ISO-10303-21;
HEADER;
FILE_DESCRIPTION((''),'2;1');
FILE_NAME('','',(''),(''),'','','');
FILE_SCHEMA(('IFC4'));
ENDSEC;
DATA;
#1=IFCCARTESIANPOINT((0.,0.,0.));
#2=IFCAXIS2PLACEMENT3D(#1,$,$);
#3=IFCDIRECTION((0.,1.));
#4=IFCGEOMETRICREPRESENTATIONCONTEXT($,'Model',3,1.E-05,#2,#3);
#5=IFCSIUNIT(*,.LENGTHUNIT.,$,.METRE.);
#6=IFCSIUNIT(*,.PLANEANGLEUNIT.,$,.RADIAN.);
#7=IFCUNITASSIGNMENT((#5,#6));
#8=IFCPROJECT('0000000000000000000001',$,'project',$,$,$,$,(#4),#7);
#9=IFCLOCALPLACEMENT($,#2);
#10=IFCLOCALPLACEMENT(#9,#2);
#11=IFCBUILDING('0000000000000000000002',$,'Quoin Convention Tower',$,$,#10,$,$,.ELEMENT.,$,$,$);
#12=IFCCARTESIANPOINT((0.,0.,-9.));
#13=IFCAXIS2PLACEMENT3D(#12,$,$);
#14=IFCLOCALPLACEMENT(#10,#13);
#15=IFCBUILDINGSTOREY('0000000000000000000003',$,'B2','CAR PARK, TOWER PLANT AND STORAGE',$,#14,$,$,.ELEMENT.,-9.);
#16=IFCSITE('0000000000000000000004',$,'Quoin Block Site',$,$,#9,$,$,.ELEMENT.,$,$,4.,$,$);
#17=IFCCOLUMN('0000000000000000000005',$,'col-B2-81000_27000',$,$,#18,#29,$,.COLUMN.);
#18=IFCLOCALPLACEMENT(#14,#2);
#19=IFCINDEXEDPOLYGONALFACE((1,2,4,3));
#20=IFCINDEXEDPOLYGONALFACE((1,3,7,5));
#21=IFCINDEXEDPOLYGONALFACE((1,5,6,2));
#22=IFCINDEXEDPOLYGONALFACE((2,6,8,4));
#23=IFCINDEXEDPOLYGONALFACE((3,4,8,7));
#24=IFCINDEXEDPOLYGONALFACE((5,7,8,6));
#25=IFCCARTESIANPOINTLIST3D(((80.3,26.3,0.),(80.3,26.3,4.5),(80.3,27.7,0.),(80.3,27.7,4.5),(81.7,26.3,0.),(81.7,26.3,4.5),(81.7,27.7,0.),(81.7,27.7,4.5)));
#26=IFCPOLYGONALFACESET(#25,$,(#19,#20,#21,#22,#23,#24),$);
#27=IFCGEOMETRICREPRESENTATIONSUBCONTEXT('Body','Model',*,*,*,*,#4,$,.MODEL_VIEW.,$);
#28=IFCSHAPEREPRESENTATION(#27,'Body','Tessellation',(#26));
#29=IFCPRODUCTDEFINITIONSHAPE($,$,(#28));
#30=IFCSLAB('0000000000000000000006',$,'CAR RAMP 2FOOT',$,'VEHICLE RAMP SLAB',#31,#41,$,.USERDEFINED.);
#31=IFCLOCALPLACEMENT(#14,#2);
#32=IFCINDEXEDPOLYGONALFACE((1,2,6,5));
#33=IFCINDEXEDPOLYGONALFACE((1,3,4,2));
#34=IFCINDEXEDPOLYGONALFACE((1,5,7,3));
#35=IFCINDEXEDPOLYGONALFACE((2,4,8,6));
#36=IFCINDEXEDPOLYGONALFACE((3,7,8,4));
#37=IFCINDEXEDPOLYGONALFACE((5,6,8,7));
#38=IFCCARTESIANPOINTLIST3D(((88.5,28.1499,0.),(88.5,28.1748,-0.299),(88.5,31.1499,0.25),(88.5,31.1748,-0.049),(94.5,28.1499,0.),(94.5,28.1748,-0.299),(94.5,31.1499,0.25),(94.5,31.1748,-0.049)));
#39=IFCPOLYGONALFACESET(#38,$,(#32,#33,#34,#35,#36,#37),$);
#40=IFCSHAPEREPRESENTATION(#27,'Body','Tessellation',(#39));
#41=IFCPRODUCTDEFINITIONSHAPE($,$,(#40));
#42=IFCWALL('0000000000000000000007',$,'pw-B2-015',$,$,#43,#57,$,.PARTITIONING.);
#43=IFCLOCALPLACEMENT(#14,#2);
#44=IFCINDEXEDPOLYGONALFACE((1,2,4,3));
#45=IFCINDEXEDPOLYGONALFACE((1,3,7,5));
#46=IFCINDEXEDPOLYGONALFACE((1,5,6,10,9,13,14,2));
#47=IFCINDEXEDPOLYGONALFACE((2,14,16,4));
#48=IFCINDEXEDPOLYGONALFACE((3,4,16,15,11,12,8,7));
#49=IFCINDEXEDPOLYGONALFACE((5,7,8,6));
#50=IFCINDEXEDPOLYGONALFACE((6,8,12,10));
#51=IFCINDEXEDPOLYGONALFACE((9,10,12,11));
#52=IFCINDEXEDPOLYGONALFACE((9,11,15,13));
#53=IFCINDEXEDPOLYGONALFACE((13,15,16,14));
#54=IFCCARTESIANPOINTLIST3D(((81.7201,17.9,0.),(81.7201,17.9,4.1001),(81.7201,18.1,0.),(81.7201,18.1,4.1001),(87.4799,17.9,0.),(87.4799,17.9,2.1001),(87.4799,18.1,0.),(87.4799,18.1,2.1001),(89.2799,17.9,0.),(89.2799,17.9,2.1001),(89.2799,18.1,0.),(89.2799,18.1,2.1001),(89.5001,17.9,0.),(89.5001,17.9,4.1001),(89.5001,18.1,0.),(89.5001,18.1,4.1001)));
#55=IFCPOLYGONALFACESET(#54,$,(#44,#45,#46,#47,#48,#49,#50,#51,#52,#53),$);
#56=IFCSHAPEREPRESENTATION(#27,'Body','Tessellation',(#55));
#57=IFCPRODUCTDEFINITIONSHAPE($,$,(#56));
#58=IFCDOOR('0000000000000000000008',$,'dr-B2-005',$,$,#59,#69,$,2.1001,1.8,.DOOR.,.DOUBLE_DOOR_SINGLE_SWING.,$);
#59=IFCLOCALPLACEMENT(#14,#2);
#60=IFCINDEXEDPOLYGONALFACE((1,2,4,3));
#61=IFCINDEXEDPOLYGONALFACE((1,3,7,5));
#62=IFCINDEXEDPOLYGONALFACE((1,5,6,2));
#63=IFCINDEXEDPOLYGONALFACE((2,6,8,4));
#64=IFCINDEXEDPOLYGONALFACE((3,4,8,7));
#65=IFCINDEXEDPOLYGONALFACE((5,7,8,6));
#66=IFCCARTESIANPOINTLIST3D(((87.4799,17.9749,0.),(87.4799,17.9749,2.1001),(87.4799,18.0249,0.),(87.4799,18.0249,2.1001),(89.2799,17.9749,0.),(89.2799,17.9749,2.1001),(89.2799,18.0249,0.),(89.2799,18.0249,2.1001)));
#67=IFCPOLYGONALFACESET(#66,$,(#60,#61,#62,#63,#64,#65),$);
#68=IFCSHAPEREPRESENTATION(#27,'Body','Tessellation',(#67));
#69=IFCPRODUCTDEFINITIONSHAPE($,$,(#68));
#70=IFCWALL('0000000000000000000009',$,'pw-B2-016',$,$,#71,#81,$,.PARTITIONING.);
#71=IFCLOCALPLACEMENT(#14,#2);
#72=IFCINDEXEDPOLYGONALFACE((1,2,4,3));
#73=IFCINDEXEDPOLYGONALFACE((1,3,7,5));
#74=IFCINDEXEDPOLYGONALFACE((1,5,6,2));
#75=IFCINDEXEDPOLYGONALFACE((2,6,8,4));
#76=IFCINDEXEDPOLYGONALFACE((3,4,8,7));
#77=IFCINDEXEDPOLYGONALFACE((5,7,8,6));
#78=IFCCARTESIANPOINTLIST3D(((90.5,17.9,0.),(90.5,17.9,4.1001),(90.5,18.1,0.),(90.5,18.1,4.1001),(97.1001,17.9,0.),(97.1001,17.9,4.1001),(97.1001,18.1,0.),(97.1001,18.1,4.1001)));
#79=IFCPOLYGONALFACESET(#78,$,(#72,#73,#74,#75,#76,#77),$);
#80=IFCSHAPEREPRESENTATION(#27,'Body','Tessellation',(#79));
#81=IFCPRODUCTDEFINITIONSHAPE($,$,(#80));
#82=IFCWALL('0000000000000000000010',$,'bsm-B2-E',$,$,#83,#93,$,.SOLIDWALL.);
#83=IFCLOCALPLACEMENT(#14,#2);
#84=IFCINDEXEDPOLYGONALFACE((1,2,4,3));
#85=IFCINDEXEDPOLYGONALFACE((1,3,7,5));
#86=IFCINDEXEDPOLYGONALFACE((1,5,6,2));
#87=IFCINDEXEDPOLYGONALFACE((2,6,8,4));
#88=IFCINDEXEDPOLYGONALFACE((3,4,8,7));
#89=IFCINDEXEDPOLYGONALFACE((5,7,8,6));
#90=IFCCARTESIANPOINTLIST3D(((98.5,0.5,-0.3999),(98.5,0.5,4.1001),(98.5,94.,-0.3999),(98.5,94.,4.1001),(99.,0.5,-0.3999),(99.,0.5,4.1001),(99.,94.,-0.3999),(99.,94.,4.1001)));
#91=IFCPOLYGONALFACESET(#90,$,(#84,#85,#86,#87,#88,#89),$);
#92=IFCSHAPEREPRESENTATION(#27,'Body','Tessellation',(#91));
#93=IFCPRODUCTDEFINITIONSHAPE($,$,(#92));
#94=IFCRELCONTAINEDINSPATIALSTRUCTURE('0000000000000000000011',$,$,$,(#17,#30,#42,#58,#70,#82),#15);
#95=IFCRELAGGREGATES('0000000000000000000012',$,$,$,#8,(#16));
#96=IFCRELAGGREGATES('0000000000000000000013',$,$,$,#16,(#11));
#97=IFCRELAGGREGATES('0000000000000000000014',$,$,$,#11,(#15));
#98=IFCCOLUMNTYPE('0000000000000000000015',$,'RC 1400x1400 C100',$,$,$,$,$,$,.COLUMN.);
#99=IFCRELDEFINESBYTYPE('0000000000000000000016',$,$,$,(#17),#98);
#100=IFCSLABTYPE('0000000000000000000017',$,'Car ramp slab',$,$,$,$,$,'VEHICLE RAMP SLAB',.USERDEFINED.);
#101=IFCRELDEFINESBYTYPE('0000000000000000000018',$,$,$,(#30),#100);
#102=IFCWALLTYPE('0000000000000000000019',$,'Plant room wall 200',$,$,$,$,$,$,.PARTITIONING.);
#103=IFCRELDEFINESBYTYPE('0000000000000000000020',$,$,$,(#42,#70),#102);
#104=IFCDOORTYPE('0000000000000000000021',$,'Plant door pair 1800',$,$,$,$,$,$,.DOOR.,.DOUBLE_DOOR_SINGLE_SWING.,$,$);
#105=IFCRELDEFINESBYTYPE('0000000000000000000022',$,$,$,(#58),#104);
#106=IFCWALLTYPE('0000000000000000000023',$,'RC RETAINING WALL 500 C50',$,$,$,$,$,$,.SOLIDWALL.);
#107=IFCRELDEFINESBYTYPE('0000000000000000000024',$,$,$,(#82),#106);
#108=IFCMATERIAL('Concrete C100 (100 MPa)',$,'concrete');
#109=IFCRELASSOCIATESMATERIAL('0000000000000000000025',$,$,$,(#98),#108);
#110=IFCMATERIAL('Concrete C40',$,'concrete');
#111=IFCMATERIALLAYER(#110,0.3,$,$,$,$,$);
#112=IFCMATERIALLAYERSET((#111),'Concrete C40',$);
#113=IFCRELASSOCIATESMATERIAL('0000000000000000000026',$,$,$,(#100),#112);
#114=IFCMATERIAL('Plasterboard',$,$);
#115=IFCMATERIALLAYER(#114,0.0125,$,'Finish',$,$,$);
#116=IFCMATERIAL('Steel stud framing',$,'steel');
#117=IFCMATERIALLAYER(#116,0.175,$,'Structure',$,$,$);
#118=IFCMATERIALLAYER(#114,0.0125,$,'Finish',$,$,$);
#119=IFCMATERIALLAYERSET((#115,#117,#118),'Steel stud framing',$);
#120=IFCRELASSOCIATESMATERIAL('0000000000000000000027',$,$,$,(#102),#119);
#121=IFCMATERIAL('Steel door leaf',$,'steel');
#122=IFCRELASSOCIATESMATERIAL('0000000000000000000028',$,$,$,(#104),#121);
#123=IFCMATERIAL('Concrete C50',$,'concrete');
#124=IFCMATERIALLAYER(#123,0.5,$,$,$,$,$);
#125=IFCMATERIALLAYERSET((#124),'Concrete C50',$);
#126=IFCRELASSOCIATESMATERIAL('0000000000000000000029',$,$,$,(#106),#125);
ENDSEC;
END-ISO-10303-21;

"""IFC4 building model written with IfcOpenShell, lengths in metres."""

from ifc_helpers import new_model, si_unit, direction, frame, frame_2d, origin, origin_2d, place, context, subcontext, project, spatial, polyline, rectangle, outline, extrude, material, layer, layer_set, material_profile, profile_set, type_object, element, fill, save


model = new_model("IFC4")

# Units and contexts
model_context = context("Model", 3, precision=1e-05, world=origin(), true_north=direction((0.0, 1.0)))
body_context = subcontext(model_context, "Body", "Model", "MODEL_VIEW")
ifc_project = project(units=[si_unit("LENGTHUNIT", "METRE"), si_unit("PLANEANGLEUNIT", "RADIAN")], contexts=[model_context])

# Site, building, storey
site_placement = place(None, origin())
site = spatial("IfcSite", under=ifc_project, at=site_placement, Name="Quoin Block Site", CompositionType="ELEMENT", RefElevation=4.0)
building_placement = place(site_placement, origin())
building = spatial("IfcBuilding", under=site, at=building_placement, Name="Quoin Convention Tower", CompositionType="ELEMENT")
storey_placement = place(building_placement, frame((0.0, 0.0, -9.0)))
storey = spatial("IfcBuildingStorey", under=building, at=storey_placement, Name="B2", Description="CAR PARK, TOWER PLANT AND STORAGE", CompositionType="ELEMENT", Elevation=-9.0)

# Shared definitions
ifc_material_1 = material(Name="Concrete C50", Category="concrete")

# Shared definitions
ifc_material_2 = material(Name="Concrete C40", Category="concrete")

# Column
ifc_material_3 = material(Name="Concrete C100 (100 MPa)", Category="concrete")
ifc_material_profile_1 = material_profile(ifc_material_3, rectangle(XDim=1.3999, YDim=1.3999, at=origin_2d()), Name="RC 1400x1400")
ifc_profile_set_1 = profile_set([ifc_material_profile_1], Name="Concrete C100 (100 MPa)")
column_type_1 = type_object("IfcColumnType", Name="RC 1400x1400 C100", PredefinedType="COLUMN", material=ifc_profile_set_1)
column_placement = place(storey_placement, frame((81.0, 27.0, 0.0), z_axis=(0.0, 0.0, 1.0), x_axis=(1.0, 0.0, 0.0)))
element("IfcColumn", 1, at=column_placement, inside=storey, type_object=column_type_1, Name="col-B2-81000_27000", PredefinedType="COLUMN", context=body_context, shape_type="SweptSolid", body=[
    extrude(rectangle(XDim=1.3999, YDim=1.3999, at=origin_2d()), origin(), (0.0, 0.0, 1.0), 4.5),
])

# Slab
ifc_layer_1 = layer(ifc_material_2, 0.3)
ifc_layer_set_1 = layer_set([ifc_layer_1], Name="Concrete C40")
slab_type = type_object("IfcSlabType", Name="Car ramp slab", ElementType="VEHICLE RAMP SLAB", PredefinedType="USERDEFINED", material=ifc_layer_set_1)
slab_placement = place(storey_placement, frame((88.5, 31.1499, 0.25), z_axis=(0.0, -0.083045, 0.996546), x_axis=(1.0, 0.0, 0.0)))
element("IfcSlab", 2, at=slab_placement, inside=storey, type_object=slab_type, Name="CAR RAMP 2FOOT", ObjectType="VEHICLE RAMP SLAB", PredefinedType="USERDEFINED", context=body_context, shape_type="SweptSolid", body=[
    extrude(outline(polyline([(0.0, 0.0), (6.0, 0.0), (6.0, -3.0104), (0.0, -3.0104), (0.0, 0.0)])), origin(), (0.0, 0.0, -1.0), 0.3),
])

# Wall, opening, door
ifc_material_4 = material(Name="Plasterboard")
ifc_layer_2 = layer(ifc_material_4, 0.0125, Name="Finish")
ifc_material_5 = material(Name="Steel stud framing", Category="steel")
ifc_layer_3 = layer(ifc_material_5, 0.175, Name="Structure")
ifc_layer_4 = layer(ifc_material_4, 0.0125, Name="Finish")
ifc_layer_set_2 = layer_set([ifc_layer_2, ifc_layer_3, ifc_layer_4], Name="Steel stud framing")
wall_type_1 = type_object("IfcWallType", Name="Plant room wall 200", PredefinedType="PARTITIONING", material=ifc_layer_set_2)
wall_1_placement = place(storey_placement, frame((81.72, 18.0, 0.0), z_axis=(0.0, 0.0, 1.0), x_axis=(1.0, 0.0, 0.0)))
wall_1 = element("IfcWall", 3, at=wall_1_placement, inside=storey, type_object=wall_type_1, Name="pw-B2-015", PredefinedType="PARTITIONING", context=body_context, shape_type="SweptSolid", body=[
    extrude(rectangle(XDim=7.78, YDim=0.2, at=frame_2d((3.8901, 0.0))), origin(), (0.0, 0.0, 1.0), 4.1001),
])
opening_placement = place(wall_1_placement, frame((5.76, 0.0, 0.0)))
opening = element("IfcOpeningElement", 4, at=opening_placement, cuts=wall_1, PredefinedType="OPENING", context=body_context, shape_type="SweptSolid", body=[
    extrude(rectangle(XDim=1.8, YDim=2.1001, at=frame_2d((0.8999, 1.05))), frame((0.0, 0.1099, 0.0), z_axis=(0.0, -1.0, 0.0), x_axis=(1.0, 0.0, 0.0)), (0.0, 0.0, 1.0), 0.22),
])
ifc_material_6 = material(Name="Steel door leaf", Category="steel")
door_type = type_object("IfcDoorType", Name="Plant door pair 1800", OperationType="DOUBLE_DOOR_SINGLE_SWING", PredefinedType="DOOR", material=ifc_material_6)
door_placement = place(opening_placement, origin())
door = element("IfcDoor", 5, at=door_placement, inside=storey, type_object=door_type, Name="dr-B2-005", OperationType="DOUBLE_DOOR_SINGLE_SWING", OverallHeight=2.1001, OverallWidth=1.8, PredefinedType="DOOR", context=body_context, shape_type="SweptSolid", body=[
    extrude(rectangle(XDim=1.8, YDim=2.1001, at=frame_2d((0.8999, 1.05))), frame((0.0, 0.0249, 0.0), z_axis=(0.0, -1.0, 0.0), x_axis=(1.0, 0.0, 0.0)), (0.0, 0.0, 1.0), 0.05),
])
fill(opening, door)

# Walls
wall_2_placement = place(storey_placement, frame((90.5, 18.0, 0.0), z_axis=(0.0, 0.0, 1.0), x_axis=(1.0, 0.0, 0.0)))
element("IfcWall", 6, at=wall_2_placement, inside=storey, type_object=wall_type_1, Name="pw-B2-016", PredefinedType="PARTITIONING", context=body_context, shape_type="SweptSolid", body=[
    extrude(rectangle(XDim=6.6001, YDim=0.2, at=frame_2d((3.3, 0.0))), origin(), (0.0, 0.0, 1.0), 4.1001),
])
ifc_layer_5 = layer(ifc_material_1, 0.5)
ifc_layer_set_3 = layer_set([ifc_layer_5], Name="Concrete C50")
wall_type_2 = type_object("IfcWallType", Name="RC RETAINING WALL 500 C50", PredefinedType="SOLIDWALL", material=ifc_layer_set_3)
wall_3_placement = place(storey_placement, frame((98.75, 0.5, -0.3999), z_axis=(0.0, 0.0, 1.0), x_axis=(0.0, 1.0, 0.0)))
element("IfcWall", 7, at=wall_3_placement, inside=storey, type_object=wall_type_2, Name="bsm-B2-E", PredefinedType="SOLIDWALL", context=body_context, shape_type="SweptSolid", body=[
    extrude(rectangle(XDim=93.5, YDim=0.5, at=frame_2d((46.75, 0.0))), origin(), (0.0, 0.0, 1.0), 4.5),
])

save(model, "model.ifc")
